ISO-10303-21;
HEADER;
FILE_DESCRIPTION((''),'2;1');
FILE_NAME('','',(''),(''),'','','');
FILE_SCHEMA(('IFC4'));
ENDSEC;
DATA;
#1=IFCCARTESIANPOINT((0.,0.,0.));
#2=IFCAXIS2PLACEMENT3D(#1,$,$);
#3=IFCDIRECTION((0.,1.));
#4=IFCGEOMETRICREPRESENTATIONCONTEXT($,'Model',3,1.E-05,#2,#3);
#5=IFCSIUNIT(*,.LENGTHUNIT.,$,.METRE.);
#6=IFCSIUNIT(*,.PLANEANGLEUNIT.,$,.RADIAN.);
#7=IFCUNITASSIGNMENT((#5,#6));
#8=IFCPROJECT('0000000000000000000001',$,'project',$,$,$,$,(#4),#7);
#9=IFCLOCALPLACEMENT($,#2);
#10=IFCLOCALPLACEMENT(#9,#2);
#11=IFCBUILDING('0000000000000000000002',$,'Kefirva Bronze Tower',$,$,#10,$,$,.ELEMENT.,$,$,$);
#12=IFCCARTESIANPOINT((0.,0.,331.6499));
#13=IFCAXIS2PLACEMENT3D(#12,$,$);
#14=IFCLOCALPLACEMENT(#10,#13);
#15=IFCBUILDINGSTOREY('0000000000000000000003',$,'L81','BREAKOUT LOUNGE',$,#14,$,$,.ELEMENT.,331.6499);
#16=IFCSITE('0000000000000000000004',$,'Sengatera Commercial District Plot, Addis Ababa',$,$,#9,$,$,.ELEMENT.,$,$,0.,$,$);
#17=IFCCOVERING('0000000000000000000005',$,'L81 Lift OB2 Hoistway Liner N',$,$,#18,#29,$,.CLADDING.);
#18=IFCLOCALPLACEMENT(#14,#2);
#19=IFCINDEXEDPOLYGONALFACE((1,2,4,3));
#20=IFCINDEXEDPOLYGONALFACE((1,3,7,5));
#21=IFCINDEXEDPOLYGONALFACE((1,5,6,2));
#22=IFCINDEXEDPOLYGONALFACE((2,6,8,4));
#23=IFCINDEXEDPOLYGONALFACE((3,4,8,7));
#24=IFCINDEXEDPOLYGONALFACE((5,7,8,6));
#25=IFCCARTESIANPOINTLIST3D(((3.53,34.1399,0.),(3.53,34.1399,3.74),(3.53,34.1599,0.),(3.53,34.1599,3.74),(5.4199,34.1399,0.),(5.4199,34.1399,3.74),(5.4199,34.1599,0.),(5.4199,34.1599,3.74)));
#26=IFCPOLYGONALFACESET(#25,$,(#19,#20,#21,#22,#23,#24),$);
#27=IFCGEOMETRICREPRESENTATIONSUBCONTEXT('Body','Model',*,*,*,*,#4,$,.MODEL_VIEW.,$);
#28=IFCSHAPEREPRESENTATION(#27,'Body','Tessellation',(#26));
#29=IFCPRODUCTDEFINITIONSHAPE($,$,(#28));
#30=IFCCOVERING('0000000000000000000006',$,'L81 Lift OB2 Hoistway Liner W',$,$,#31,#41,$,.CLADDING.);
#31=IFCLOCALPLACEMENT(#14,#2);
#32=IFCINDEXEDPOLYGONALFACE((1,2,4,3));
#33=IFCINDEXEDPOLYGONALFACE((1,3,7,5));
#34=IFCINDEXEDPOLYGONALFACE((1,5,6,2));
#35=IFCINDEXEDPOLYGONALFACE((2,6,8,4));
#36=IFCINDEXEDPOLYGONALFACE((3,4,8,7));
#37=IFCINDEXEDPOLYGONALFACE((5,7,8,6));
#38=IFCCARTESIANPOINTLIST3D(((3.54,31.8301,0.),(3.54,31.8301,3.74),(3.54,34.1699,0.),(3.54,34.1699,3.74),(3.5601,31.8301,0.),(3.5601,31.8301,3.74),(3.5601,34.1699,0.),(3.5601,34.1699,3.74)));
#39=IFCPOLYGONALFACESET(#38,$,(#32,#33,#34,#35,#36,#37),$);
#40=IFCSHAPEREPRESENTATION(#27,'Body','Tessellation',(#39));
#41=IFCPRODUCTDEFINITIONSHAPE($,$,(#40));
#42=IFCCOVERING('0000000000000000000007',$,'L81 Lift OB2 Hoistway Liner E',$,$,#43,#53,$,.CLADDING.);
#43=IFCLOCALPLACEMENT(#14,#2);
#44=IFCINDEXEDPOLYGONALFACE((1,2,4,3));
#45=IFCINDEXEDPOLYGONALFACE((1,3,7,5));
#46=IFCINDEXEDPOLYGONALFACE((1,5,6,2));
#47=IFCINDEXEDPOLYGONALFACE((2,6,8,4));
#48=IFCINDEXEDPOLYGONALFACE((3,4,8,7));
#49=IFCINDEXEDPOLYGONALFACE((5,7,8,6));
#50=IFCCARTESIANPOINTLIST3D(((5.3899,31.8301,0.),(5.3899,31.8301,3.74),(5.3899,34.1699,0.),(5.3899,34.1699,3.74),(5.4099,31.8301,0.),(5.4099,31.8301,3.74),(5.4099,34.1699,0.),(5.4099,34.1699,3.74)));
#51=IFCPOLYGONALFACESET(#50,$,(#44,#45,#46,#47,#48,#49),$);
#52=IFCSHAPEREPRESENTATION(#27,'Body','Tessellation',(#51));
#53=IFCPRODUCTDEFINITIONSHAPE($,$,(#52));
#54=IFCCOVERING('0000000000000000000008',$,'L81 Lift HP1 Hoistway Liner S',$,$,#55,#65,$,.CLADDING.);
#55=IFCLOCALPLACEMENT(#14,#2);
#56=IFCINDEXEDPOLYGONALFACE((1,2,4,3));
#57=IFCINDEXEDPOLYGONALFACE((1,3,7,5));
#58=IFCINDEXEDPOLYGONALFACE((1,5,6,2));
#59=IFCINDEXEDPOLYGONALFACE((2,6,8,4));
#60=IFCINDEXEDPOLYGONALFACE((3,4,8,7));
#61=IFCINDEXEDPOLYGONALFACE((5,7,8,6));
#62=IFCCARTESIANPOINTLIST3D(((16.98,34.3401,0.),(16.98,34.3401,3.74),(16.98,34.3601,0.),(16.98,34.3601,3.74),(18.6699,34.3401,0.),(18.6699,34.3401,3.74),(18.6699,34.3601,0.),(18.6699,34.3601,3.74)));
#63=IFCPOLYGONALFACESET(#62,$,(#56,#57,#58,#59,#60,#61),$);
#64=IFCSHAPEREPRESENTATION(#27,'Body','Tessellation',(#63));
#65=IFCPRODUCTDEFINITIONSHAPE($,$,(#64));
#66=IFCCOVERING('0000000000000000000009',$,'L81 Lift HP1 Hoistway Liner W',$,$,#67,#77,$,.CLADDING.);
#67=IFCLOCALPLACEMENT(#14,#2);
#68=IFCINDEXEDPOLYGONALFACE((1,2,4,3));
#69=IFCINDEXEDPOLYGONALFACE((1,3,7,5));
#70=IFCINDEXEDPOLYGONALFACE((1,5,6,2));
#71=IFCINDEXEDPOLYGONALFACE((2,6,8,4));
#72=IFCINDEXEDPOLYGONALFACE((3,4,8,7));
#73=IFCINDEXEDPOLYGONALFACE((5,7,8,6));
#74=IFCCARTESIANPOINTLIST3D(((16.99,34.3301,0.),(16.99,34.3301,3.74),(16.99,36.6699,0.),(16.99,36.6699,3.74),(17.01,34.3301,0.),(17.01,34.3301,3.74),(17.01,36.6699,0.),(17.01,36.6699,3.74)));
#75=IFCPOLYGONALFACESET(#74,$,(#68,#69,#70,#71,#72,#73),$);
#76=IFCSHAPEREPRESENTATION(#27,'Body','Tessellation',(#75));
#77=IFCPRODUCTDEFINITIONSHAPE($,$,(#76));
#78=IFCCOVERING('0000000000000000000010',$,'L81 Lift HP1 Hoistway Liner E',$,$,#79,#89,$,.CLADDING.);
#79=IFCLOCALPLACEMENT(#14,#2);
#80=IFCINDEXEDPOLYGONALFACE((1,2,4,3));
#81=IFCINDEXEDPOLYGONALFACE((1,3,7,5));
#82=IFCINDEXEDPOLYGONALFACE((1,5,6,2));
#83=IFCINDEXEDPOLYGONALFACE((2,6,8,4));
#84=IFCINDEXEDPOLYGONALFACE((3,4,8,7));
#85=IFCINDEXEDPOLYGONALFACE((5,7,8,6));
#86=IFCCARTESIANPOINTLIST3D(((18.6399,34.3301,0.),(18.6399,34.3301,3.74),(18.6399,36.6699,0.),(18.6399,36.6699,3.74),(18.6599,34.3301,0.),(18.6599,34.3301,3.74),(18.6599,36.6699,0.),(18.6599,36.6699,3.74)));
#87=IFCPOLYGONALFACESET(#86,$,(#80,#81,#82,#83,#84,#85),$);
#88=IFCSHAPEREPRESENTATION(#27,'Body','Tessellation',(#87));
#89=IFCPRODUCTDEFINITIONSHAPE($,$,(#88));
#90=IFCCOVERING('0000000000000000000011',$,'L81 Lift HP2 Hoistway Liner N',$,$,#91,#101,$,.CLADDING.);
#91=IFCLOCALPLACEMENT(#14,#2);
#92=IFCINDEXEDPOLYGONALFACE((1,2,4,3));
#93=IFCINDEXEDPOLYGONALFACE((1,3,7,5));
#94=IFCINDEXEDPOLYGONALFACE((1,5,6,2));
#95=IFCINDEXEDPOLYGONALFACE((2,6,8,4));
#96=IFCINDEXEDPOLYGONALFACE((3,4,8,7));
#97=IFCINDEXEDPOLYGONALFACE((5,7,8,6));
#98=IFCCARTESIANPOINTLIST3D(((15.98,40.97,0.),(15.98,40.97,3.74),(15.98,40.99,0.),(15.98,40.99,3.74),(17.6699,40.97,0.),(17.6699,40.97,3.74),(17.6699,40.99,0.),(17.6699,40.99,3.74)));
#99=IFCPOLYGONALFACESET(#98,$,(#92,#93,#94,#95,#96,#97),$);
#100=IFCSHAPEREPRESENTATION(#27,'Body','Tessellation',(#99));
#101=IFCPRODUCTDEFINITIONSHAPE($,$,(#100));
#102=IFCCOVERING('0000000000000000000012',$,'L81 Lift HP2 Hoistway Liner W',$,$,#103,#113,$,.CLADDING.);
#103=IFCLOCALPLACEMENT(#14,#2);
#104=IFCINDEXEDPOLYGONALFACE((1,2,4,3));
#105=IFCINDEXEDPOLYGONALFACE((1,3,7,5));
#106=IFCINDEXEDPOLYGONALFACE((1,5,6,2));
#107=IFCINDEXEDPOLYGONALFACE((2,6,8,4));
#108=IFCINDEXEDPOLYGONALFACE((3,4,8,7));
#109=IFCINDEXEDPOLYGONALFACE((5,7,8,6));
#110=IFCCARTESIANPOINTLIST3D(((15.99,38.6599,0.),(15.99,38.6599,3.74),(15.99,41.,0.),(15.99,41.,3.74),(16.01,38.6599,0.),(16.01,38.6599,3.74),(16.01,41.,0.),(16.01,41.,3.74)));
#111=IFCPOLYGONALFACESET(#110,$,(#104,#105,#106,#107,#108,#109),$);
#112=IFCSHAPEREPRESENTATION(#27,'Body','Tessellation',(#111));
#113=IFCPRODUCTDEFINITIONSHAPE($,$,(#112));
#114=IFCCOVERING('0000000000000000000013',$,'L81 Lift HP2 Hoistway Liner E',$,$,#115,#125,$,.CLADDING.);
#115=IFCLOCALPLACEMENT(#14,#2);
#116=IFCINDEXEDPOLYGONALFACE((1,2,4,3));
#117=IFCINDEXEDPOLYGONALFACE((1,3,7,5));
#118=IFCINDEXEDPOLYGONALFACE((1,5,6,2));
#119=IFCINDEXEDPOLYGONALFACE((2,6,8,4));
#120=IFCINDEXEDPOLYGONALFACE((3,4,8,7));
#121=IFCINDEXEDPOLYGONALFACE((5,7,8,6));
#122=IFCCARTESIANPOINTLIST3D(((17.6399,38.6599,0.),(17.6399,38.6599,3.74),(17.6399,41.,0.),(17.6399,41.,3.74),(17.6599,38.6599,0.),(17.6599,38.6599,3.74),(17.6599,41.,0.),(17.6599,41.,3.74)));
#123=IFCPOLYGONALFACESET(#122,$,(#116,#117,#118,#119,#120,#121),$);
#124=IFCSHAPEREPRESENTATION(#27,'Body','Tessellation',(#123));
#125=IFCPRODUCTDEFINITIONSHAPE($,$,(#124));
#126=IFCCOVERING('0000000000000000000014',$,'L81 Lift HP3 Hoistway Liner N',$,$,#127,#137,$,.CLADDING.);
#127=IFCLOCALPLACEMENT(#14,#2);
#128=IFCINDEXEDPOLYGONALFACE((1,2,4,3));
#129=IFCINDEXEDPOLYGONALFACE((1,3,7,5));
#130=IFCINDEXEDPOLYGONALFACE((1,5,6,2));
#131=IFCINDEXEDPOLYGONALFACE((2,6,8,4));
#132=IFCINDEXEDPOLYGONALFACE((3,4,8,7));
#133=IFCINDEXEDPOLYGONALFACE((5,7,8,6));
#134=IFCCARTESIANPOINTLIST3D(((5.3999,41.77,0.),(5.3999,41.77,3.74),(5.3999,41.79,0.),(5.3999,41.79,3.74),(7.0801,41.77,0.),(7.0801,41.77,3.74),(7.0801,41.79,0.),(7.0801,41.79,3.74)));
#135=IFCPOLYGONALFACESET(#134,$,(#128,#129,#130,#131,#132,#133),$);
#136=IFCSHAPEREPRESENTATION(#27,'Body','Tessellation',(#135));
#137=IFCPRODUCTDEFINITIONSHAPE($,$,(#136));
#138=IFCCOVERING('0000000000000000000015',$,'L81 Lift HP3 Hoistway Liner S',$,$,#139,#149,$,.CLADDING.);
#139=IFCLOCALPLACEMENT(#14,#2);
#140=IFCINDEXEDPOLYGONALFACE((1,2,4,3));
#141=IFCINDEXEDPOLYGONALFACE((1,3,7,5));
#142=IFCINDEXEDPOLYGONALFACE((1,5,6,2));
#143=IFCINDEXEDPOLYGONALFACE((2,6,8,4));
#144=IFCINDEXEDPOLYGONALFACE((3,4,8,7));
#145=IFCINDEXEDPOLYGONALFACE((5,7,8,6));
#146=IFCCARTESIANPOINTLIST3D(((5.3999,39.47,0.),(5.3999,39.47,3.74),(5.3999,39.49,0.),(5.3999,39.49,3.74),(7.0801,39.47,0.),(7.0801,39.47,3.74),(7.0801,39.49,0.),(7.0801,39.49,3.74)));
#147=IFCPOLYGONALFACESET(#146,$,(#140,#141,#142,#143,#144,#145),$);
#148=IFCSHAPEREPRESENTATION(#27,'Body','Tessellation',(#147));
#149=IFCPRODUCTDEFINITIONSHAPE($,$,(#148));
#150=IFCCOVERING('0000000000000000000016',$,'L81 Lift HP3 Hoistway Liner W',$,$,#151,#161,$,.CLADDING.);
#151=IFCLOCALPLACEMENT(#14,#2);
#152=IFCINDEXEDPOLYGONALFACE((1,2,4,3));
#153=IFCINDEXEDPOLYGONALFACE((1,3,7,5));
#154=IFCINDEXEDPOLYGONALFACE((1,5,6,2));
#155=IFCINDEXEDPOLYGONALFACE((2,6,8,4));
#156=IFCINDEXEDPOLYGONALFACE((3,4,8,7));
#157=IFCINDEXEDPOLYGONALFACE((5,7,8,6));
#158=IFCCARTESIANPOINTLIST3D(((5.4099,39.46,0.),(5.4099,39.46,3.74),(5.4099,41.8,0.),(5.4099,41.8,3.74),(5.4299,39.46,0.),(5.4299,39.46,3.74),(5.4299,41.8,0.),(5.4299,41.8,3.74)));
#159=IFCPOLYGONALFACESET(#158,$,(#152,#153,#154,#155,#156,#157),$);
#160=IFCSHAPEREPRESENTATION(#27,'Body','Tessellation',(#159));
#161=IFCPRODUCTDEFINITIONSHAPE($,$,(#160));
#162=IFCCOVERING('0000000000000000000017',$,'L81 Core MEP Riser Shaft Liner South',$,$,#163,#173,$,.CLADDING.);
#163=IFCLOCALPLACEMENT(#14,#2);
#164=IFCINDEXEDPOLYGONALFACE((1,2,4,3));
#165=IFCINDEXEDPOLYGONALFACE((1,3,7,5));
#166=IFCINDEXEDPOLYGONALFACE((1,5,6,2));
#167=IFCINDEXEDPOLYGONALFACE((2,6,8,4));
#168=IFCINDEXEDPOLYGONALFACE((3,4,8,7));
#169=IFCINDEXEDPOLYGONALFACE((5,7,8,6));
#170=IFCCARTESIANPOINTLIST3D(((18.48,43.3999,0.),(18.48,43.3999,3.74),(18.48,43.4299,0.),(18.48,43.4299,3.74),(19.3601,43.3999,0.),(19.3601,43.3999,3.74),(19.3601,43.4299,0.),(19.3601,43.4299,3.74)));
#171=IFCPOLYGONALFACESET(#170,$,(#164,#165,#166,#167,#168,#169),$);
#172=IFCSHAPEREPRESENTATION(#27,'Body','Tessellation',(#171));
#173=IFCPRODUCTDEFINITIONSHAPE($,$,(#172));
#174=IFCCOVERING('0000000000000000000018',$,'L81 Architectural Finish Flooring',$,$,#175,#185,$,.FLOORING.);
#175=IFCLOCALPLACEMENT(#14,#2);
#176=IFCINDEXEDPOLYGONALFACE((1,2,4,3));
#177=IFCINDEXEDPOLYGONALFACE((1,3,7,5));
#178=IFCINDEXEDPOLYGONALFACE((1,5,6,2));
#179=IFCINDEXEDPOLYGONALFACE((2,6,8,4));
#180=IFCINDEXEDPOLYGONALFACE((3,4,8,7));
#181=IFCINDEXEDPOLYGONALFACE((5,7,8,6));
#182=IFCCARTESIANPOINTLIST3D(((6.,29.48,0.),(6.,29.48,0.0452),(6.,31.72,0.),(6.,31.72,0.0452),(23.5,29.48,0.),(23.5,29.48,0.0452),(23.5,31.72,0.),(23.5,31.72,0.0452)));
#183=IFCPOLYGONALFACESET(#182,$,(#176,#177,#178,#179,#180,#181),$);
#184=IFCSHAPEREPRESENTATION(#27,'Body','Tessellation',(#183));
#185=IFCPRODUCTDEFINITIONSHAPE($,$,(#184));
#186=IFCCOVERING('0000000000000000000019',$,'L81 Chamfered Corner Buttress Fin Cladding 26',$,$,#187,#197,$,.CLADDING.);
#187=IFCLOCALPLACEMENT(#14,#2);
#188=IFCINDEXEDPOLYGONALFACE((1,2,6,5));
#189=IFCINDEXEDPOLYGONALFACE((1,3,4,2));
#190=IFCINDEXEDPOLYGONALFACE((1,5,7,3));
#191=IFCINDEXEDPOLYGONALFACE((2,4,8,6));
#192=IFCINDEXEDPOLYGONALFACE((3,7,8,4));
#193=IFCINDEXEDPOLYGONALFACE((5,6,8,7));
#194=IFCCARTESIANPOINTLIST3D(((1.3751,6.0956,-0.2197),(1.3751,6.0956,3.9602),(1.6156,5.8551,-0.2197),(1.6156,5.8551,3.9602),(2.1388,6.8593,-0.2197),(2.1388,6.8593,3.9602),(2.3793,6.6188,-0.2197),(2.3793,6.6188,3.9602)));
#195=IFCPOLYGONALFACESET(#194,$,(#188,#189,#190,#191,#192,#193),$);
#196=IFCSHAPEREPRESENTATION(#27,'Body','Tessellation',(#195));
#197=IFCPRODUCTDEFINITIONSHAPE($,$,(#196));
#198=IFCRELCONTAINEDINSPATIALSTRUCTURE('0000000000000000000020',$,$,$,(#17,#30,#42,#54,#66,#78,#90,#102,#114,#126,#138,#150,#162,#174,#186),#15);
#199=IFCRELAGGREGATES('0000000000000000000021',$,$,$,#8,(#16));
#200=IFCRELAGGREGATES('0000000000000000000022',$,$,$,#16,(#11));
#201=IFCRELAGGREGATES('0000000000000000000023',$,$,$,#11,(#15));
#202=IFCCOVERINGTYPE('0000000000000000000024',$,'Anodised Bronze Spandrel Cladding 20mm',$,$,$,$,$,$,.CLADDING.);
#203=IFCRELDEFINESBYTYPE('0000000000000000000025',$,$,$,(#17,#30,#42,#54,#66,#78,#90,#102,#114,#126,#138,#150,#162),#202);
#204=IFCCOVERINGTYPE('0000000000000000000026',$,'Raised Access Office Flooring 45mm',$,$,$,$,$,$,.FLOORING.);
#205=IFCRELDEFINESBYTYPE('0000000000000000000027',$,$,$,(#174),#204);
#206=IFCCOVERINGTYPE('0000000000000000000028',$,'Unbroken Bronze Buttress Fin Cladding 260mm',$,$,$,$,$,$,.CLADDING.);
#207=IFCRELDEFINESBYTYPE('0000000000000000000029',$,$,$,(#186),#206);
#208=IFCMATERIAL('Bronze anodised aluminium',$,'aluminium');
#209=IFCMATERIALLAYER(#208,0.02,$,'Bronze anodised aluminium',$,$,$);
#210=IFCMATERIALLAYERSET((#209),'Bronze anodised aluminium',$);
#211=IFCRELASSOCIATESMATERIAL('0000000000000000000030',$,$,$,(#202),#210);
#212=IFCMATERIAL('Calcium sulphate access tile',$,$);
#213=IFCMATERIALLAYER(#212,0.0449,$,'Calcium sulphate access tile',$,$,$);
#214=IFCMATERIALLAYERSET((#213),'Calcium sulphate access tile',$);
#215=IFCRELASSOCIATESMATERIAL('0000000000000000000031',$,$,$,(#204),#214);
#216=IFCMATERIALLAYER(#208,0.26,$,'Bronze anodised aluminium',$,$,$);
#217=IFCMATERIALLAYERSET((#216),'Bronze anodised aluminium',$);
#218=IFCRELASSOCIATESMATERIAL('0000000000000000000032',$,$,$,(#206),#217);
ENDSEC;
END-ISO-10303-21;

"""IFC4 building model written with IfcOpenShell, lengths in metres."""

from ifc_helpers import new_model, si_unit, direction, frame, origin, origin_2d, place, context, subcontext, project, spatial, polyline, rectangle, outline, extrude, material, layer, layer_set, type_object, element, save


model = new_model("IFC4")

# Units and contexts
model_context = context("Model", 3, precision=1e-05, world=origin(), true_north=direction((0.0, 1.0)))
body_context = subcontext(model_context, "Body", "Model", "MODEL_VIEW")
ifc_project = project(units=[si_unit("LENGTHUNIT", "METRE"), si_unit("PLANEANGLEUNIT", "RADIAN")], contexts=[model_context])

# Site, building, storey
site_placement = place(None, origin())
site = spatial("IfcSite", under=ifc_project, at=site_placement, Name="Sengatera Commercial District Plot, Addis Ababa", CompositionType="ELEMENT", RefElevation=0.0)
building_placement = place(site_placement, origin())
building = spatial("IfcBuilding", under=site, at=building_placement, Name="Kefirva Bronze Tower", CompositionType="ELEMENT")
storey_placement = place(building_placement, frame((0.0, 0.0, 331.6499)))
storey = spatial("IfcBuildingStorey", under=building, at=storey_placement, Name="L81", Description="BREAKOUT LOUNGE", CompositionType="ELEMENT", Elevation=331.6499)

# Shared definitions
ifc_material_1 = material(Name="Bronze anodised aluminium", Category="aluminium")

# Coverings
ifc_layer_1 = layer(ifc_material_1, 0.02, Name="Bronze anodised aluminium")
ifc_layer_set_1 = layer_set([ifc_layer_1], Name="Bronze anodised aluminium")
covering_type_1 = type_object("IfcCoveringType", Name="Anodised Bronze Spandrel Cladding 20mm", PredefinedType="CLADDING", material=ifc_layer_set_1)
covering_1_placement = place(storey_placement, origin())
element("IfcCovering", 1, at=covering_1_placement, inside=storey, type_object=covering_type_1, Name="L81 Lift OB2 Hoistway Liner N", PredefinedType="CLADDING", context=body_context, shape_type="SweptSolid", body=[
    extrude(outline(polyline([(3.53, 34.1399), (5.4199, 34.1399), (5.4199, 34.1599), (3.53, 34.1599), (3.53, 34.1399)])), origin(), (0.0, 0.0, 1.0), 3.74),
])
covering_2_placement = place(storey_placement, origin())
element("IfcCovering", 2, at=covering_2_placement, inside=storey, type_object=covering_type_1, Name="L81 Lift OB2 Hoistway Liner W", PredefinedType="CLADDING", context=body_context, shape_type="SweptSolid", body=[
    extrude(outline(polyline([(3.54, 31.8301), (3.5601, 31.8301), (3.5601, 34.1699), (3.54, 34.1699), (3.54, 31.8301)])), origin(), (0.0, 0.0, 1.0), 3.74),
])
covering_3_placement = place(storey_placement, origin())
element("IfcCovering", 3, at=covering_3_placement, inside=storey, type_object=covering_type_1, Name="L81 Lift OB2 Hoistway Liner E", PredefinedType="CLADDING", context=body_context, shape_type="SweptSolid", body=[
    extrude(outline(polyline([(5.3899, 31.8301), (5.4099, 31.8301), (5.4099, 34.1699), (5.3899, 34.1699), (5.3899, 31.8301)])), origin(), (0.0, 0.0, 1.0), 3.74),
])
covering_4_placement = place(storey_placement, origin())
element("IfcCovering", 4, at=covering_4_placement, inside=storey, type_object=covering_type_1, Name="L81 Lift HP1 Hoistway Liner S", PredefinedType="CLADDING", context=body_context, shape_type="SweptSolid", body=[
    extrude(outline(polyline([(16.98, 34.3401), (18.6699, 34.3401), (18.6699, 34.3601), (16.98, 34.3601), (16.98, 34.3401)])), origin(), (0.0, 0.0, 1.0), 3.74),
])
covering_5_placement = place(storey_placement, origin())
element("IfcCovering", 5, at=covering_5_placement, inside=storey, type_object=covering_type_1, Name="L81 Lift HP1 Hoistway Liner W", PredefinedType="CLADDING", context=body_context, shape_type="SweptSolid", body=[
    extrude(outline(polyline([(16.99, 34.3301), (17.01, 34.3301), (17.01, 36.6699), (16.99, 36.6699), (16.99, 34.3301)])), origin(), (0.0, 0.0, 1.0), 3.74),
])
covering_6_placement = place(storey_placement, origin())
element("IfcCovering", 6, at=covering_6_placement, inside=storey, type_object=covering_type_1, Name="L81 Lift HP1 Hoistway Liner E", PredefinedType="CLADDING", context=body_context, shape_type="SweptSolid", body=[
    extrude(outline(polyline([(18.6399, 34.3301), (18.6599, 34.3301), (18.6599, 36.6699), (18.6399, 36.6699), (18.6399, 34.3301)])), origin(), (0.0, 0.0, 1.0), 3.74),
])
covering_7_placement = place(storey_placement, origin())
element("IfcCovering", 7, at=covering_7_placement, inside=storey, type_object=covering_type_1, Name="L81 Lift HP2 Hoistway Liner N", PredefinedType="CLADDING", context=body_context, shape_type="SweptSolid", body=[
    extrude(outline(polyline([(15.98, 40.97), (17.6699, 40.97), (17.6699, 40.99), (15.98, 40.99), (15.98, 40.97)])), origin(), (0.0, 0.0, 1.0), 3.74),
])
covering_8_placement = place(storey_placement, origin())
element("IfcCovering", 8, at=covering_8_placement, inside=storey, type_object=covering_type_1, Name="L81 Lift HP2 Hoistway Liner W", PredefinedType="CLADDING", context=body_context, shape_type="SweptSolid", body=[
    extrude(outline(polyline([(15.99, 38.6599), (16.01, 38.6599), (16.01, 41.0), (15.99, 41.0), (15.99, 38.6599)])), origin(), (0.0, 0.0, 1.0), 3.74),
])
covering_9_placement = place(storey_placement, origin())
element("IfcCovering", 9, at=covering_9_placement, inside=storey, type_object=covering_type_1, Name="L81 Lift HP2 Hoistway Liner E", PredefinedType="CLADDING", context=body_context, shape_type="SweptSolid", body=[
    extrude(outline(polyline([(17.6399, 38.6599), (17.6599, 38.6599), (17.6599, 41.0), (17.6399, 41.0), (17.6399, 38.6599)])), origin(), (0.0, 0.0, 1.0), 3.74),
])
covering_10_placement = place(storey_placement, origin())
element("IfcCovering", 10, at=covering_10_placement, inside=storey, type_object=covering_type_1, Name="L81 Lift HP3 Hoistway Liner N", PredefinedType="CLADDING", context=body_context, shape_type="SweptSolid", body=[
    extrude(outline(polyline([(5.3999, 41.77), (7.0801, 41.77), (7.0801, 41.79), (5.3999, 41.79), (5.3999, 41.77)])), origin(), (0.0, 0.0, 1.0), 3.74),
])
covering_11_placement = place(storey_placement, origin())
element("IfcCovering", 11, at=covering_11_placement, inside=storey, type_object=covering_type_1, Name="L81 Lift HP3 Hoistway Liner S", PredefinedType="CLADDING", context=body_context, shape_type="SweptSolid", body=[
    extrude(outline(polyline([(5.3999, 39.47), (7.0801, 39.47), (7.0801, 39.49), (5.3999, 39.49), (5.3999, 39.47)])), origin(), (0.0, 0.0, 1.0), 3.74),
])
covering_12_placement = place(storey_placement, origin())
element("IfcCovering", 12, at=covering_12_placement, inside=storey, type_object=covering_type_1, Name="L81 Lift HP3 Hoistway Liner W", PredefinedType="CLADDING", context=body_context, shape_type="SweptSolid", body=[
    extrude(outline(polyline([(5.4099, 39.46), (5.4299, 39.46), (5.4299, 41.8), (5.4099, 41.8), (5.4099, 39.46)])), origin(), (0.0, 0.0, 1.0), 3.74),
])
covering_13_placement = place(storey_placement, origin())
element("IfcCovering", 13, at=covering_13_placement, inside=storey, type_object=covering_type_1, Name="L81 Core MEP Riser Shaft Liner South", PredefinedType="CLADDING", context=body_context, shape_type="SweptSolid", body=[
    extrude(outline(polyline([(18.48, 43.3999), (19.3601, 43.3999), (19.3601, 43.4299), (18.48, 43.4299), (18.48, 43.3999)])), origin(), (0.0, 0.0, 1.0), 3.74),
])
ifc_material_2 = material(Name="Calcium sulphate access tile")
ifc_layer_2 = layer(ifc_material_2, 0.0449, Name="Calcium sulphate access tile")
ifc_layer_set_2 = layer_set([ifc_layer_2], Name="Calcium sulphate access tile")
covering_type_2 = type_object("IfcCoveringType", Name="Raised Access Office Flooring 45mm", PredefinedType="FLOORING", material=ifc_layer_set_2)
covering_14_placement = place(storey_placement, origin())
element("IfcCovering", 14, at=covering_14_placement, inside=storey, type_object=covering_type_2, Name="L81 Architectural Finish Flooring", PredefinedType="FLOORING", context=body_context, shape_type="SweptSolid", body=[
    extrude(outline(polyline([(6.0, 29.48), (23.5, 29.48), (23.5, 31.72), (6.0, 31.72), (6.0, 29.48)])), origin(), (0.0, 0.0, 1.0), 0.0452),
])
ifc_layer_3 = layer(ifc_material_1, 0.26, Name="Bronze anodised aluminium")
ifc_layer_set_3 = layer_set([ifc_layer_3], Name="Bronze anodised aluminium")
covering_type_3 = type_object("IfcCoveringType", Name="Unbroken Bronze Buttress Fin Cladding 260mm", PredefinedType="CLADDING", material=ifc_layer_set_3)
covering_15_placement = place(storey_placement, frame((1.8772, 6.3572, -0.2197), z_axis=(0.0, 0.0, 1.0), x_axis=(0.707107, -0.707107, 0.0)))
element("IfcCovering", 15, at=covering_15_placement, inside=storey, type_object=covering_type_3, Name="L81 Chamfered Corner Buttress Fin Cladding 26", PredefinedType="CLADDING", context=body_context, shape_type="SweptSolid", body=[
    extrude(rectangle(XDim=0.3401, YDim=1.0801, at=origin_2d()), origin(), (0.0, 0.0, 1.0), 4.1799),
])

save(model, "model.ifc")
